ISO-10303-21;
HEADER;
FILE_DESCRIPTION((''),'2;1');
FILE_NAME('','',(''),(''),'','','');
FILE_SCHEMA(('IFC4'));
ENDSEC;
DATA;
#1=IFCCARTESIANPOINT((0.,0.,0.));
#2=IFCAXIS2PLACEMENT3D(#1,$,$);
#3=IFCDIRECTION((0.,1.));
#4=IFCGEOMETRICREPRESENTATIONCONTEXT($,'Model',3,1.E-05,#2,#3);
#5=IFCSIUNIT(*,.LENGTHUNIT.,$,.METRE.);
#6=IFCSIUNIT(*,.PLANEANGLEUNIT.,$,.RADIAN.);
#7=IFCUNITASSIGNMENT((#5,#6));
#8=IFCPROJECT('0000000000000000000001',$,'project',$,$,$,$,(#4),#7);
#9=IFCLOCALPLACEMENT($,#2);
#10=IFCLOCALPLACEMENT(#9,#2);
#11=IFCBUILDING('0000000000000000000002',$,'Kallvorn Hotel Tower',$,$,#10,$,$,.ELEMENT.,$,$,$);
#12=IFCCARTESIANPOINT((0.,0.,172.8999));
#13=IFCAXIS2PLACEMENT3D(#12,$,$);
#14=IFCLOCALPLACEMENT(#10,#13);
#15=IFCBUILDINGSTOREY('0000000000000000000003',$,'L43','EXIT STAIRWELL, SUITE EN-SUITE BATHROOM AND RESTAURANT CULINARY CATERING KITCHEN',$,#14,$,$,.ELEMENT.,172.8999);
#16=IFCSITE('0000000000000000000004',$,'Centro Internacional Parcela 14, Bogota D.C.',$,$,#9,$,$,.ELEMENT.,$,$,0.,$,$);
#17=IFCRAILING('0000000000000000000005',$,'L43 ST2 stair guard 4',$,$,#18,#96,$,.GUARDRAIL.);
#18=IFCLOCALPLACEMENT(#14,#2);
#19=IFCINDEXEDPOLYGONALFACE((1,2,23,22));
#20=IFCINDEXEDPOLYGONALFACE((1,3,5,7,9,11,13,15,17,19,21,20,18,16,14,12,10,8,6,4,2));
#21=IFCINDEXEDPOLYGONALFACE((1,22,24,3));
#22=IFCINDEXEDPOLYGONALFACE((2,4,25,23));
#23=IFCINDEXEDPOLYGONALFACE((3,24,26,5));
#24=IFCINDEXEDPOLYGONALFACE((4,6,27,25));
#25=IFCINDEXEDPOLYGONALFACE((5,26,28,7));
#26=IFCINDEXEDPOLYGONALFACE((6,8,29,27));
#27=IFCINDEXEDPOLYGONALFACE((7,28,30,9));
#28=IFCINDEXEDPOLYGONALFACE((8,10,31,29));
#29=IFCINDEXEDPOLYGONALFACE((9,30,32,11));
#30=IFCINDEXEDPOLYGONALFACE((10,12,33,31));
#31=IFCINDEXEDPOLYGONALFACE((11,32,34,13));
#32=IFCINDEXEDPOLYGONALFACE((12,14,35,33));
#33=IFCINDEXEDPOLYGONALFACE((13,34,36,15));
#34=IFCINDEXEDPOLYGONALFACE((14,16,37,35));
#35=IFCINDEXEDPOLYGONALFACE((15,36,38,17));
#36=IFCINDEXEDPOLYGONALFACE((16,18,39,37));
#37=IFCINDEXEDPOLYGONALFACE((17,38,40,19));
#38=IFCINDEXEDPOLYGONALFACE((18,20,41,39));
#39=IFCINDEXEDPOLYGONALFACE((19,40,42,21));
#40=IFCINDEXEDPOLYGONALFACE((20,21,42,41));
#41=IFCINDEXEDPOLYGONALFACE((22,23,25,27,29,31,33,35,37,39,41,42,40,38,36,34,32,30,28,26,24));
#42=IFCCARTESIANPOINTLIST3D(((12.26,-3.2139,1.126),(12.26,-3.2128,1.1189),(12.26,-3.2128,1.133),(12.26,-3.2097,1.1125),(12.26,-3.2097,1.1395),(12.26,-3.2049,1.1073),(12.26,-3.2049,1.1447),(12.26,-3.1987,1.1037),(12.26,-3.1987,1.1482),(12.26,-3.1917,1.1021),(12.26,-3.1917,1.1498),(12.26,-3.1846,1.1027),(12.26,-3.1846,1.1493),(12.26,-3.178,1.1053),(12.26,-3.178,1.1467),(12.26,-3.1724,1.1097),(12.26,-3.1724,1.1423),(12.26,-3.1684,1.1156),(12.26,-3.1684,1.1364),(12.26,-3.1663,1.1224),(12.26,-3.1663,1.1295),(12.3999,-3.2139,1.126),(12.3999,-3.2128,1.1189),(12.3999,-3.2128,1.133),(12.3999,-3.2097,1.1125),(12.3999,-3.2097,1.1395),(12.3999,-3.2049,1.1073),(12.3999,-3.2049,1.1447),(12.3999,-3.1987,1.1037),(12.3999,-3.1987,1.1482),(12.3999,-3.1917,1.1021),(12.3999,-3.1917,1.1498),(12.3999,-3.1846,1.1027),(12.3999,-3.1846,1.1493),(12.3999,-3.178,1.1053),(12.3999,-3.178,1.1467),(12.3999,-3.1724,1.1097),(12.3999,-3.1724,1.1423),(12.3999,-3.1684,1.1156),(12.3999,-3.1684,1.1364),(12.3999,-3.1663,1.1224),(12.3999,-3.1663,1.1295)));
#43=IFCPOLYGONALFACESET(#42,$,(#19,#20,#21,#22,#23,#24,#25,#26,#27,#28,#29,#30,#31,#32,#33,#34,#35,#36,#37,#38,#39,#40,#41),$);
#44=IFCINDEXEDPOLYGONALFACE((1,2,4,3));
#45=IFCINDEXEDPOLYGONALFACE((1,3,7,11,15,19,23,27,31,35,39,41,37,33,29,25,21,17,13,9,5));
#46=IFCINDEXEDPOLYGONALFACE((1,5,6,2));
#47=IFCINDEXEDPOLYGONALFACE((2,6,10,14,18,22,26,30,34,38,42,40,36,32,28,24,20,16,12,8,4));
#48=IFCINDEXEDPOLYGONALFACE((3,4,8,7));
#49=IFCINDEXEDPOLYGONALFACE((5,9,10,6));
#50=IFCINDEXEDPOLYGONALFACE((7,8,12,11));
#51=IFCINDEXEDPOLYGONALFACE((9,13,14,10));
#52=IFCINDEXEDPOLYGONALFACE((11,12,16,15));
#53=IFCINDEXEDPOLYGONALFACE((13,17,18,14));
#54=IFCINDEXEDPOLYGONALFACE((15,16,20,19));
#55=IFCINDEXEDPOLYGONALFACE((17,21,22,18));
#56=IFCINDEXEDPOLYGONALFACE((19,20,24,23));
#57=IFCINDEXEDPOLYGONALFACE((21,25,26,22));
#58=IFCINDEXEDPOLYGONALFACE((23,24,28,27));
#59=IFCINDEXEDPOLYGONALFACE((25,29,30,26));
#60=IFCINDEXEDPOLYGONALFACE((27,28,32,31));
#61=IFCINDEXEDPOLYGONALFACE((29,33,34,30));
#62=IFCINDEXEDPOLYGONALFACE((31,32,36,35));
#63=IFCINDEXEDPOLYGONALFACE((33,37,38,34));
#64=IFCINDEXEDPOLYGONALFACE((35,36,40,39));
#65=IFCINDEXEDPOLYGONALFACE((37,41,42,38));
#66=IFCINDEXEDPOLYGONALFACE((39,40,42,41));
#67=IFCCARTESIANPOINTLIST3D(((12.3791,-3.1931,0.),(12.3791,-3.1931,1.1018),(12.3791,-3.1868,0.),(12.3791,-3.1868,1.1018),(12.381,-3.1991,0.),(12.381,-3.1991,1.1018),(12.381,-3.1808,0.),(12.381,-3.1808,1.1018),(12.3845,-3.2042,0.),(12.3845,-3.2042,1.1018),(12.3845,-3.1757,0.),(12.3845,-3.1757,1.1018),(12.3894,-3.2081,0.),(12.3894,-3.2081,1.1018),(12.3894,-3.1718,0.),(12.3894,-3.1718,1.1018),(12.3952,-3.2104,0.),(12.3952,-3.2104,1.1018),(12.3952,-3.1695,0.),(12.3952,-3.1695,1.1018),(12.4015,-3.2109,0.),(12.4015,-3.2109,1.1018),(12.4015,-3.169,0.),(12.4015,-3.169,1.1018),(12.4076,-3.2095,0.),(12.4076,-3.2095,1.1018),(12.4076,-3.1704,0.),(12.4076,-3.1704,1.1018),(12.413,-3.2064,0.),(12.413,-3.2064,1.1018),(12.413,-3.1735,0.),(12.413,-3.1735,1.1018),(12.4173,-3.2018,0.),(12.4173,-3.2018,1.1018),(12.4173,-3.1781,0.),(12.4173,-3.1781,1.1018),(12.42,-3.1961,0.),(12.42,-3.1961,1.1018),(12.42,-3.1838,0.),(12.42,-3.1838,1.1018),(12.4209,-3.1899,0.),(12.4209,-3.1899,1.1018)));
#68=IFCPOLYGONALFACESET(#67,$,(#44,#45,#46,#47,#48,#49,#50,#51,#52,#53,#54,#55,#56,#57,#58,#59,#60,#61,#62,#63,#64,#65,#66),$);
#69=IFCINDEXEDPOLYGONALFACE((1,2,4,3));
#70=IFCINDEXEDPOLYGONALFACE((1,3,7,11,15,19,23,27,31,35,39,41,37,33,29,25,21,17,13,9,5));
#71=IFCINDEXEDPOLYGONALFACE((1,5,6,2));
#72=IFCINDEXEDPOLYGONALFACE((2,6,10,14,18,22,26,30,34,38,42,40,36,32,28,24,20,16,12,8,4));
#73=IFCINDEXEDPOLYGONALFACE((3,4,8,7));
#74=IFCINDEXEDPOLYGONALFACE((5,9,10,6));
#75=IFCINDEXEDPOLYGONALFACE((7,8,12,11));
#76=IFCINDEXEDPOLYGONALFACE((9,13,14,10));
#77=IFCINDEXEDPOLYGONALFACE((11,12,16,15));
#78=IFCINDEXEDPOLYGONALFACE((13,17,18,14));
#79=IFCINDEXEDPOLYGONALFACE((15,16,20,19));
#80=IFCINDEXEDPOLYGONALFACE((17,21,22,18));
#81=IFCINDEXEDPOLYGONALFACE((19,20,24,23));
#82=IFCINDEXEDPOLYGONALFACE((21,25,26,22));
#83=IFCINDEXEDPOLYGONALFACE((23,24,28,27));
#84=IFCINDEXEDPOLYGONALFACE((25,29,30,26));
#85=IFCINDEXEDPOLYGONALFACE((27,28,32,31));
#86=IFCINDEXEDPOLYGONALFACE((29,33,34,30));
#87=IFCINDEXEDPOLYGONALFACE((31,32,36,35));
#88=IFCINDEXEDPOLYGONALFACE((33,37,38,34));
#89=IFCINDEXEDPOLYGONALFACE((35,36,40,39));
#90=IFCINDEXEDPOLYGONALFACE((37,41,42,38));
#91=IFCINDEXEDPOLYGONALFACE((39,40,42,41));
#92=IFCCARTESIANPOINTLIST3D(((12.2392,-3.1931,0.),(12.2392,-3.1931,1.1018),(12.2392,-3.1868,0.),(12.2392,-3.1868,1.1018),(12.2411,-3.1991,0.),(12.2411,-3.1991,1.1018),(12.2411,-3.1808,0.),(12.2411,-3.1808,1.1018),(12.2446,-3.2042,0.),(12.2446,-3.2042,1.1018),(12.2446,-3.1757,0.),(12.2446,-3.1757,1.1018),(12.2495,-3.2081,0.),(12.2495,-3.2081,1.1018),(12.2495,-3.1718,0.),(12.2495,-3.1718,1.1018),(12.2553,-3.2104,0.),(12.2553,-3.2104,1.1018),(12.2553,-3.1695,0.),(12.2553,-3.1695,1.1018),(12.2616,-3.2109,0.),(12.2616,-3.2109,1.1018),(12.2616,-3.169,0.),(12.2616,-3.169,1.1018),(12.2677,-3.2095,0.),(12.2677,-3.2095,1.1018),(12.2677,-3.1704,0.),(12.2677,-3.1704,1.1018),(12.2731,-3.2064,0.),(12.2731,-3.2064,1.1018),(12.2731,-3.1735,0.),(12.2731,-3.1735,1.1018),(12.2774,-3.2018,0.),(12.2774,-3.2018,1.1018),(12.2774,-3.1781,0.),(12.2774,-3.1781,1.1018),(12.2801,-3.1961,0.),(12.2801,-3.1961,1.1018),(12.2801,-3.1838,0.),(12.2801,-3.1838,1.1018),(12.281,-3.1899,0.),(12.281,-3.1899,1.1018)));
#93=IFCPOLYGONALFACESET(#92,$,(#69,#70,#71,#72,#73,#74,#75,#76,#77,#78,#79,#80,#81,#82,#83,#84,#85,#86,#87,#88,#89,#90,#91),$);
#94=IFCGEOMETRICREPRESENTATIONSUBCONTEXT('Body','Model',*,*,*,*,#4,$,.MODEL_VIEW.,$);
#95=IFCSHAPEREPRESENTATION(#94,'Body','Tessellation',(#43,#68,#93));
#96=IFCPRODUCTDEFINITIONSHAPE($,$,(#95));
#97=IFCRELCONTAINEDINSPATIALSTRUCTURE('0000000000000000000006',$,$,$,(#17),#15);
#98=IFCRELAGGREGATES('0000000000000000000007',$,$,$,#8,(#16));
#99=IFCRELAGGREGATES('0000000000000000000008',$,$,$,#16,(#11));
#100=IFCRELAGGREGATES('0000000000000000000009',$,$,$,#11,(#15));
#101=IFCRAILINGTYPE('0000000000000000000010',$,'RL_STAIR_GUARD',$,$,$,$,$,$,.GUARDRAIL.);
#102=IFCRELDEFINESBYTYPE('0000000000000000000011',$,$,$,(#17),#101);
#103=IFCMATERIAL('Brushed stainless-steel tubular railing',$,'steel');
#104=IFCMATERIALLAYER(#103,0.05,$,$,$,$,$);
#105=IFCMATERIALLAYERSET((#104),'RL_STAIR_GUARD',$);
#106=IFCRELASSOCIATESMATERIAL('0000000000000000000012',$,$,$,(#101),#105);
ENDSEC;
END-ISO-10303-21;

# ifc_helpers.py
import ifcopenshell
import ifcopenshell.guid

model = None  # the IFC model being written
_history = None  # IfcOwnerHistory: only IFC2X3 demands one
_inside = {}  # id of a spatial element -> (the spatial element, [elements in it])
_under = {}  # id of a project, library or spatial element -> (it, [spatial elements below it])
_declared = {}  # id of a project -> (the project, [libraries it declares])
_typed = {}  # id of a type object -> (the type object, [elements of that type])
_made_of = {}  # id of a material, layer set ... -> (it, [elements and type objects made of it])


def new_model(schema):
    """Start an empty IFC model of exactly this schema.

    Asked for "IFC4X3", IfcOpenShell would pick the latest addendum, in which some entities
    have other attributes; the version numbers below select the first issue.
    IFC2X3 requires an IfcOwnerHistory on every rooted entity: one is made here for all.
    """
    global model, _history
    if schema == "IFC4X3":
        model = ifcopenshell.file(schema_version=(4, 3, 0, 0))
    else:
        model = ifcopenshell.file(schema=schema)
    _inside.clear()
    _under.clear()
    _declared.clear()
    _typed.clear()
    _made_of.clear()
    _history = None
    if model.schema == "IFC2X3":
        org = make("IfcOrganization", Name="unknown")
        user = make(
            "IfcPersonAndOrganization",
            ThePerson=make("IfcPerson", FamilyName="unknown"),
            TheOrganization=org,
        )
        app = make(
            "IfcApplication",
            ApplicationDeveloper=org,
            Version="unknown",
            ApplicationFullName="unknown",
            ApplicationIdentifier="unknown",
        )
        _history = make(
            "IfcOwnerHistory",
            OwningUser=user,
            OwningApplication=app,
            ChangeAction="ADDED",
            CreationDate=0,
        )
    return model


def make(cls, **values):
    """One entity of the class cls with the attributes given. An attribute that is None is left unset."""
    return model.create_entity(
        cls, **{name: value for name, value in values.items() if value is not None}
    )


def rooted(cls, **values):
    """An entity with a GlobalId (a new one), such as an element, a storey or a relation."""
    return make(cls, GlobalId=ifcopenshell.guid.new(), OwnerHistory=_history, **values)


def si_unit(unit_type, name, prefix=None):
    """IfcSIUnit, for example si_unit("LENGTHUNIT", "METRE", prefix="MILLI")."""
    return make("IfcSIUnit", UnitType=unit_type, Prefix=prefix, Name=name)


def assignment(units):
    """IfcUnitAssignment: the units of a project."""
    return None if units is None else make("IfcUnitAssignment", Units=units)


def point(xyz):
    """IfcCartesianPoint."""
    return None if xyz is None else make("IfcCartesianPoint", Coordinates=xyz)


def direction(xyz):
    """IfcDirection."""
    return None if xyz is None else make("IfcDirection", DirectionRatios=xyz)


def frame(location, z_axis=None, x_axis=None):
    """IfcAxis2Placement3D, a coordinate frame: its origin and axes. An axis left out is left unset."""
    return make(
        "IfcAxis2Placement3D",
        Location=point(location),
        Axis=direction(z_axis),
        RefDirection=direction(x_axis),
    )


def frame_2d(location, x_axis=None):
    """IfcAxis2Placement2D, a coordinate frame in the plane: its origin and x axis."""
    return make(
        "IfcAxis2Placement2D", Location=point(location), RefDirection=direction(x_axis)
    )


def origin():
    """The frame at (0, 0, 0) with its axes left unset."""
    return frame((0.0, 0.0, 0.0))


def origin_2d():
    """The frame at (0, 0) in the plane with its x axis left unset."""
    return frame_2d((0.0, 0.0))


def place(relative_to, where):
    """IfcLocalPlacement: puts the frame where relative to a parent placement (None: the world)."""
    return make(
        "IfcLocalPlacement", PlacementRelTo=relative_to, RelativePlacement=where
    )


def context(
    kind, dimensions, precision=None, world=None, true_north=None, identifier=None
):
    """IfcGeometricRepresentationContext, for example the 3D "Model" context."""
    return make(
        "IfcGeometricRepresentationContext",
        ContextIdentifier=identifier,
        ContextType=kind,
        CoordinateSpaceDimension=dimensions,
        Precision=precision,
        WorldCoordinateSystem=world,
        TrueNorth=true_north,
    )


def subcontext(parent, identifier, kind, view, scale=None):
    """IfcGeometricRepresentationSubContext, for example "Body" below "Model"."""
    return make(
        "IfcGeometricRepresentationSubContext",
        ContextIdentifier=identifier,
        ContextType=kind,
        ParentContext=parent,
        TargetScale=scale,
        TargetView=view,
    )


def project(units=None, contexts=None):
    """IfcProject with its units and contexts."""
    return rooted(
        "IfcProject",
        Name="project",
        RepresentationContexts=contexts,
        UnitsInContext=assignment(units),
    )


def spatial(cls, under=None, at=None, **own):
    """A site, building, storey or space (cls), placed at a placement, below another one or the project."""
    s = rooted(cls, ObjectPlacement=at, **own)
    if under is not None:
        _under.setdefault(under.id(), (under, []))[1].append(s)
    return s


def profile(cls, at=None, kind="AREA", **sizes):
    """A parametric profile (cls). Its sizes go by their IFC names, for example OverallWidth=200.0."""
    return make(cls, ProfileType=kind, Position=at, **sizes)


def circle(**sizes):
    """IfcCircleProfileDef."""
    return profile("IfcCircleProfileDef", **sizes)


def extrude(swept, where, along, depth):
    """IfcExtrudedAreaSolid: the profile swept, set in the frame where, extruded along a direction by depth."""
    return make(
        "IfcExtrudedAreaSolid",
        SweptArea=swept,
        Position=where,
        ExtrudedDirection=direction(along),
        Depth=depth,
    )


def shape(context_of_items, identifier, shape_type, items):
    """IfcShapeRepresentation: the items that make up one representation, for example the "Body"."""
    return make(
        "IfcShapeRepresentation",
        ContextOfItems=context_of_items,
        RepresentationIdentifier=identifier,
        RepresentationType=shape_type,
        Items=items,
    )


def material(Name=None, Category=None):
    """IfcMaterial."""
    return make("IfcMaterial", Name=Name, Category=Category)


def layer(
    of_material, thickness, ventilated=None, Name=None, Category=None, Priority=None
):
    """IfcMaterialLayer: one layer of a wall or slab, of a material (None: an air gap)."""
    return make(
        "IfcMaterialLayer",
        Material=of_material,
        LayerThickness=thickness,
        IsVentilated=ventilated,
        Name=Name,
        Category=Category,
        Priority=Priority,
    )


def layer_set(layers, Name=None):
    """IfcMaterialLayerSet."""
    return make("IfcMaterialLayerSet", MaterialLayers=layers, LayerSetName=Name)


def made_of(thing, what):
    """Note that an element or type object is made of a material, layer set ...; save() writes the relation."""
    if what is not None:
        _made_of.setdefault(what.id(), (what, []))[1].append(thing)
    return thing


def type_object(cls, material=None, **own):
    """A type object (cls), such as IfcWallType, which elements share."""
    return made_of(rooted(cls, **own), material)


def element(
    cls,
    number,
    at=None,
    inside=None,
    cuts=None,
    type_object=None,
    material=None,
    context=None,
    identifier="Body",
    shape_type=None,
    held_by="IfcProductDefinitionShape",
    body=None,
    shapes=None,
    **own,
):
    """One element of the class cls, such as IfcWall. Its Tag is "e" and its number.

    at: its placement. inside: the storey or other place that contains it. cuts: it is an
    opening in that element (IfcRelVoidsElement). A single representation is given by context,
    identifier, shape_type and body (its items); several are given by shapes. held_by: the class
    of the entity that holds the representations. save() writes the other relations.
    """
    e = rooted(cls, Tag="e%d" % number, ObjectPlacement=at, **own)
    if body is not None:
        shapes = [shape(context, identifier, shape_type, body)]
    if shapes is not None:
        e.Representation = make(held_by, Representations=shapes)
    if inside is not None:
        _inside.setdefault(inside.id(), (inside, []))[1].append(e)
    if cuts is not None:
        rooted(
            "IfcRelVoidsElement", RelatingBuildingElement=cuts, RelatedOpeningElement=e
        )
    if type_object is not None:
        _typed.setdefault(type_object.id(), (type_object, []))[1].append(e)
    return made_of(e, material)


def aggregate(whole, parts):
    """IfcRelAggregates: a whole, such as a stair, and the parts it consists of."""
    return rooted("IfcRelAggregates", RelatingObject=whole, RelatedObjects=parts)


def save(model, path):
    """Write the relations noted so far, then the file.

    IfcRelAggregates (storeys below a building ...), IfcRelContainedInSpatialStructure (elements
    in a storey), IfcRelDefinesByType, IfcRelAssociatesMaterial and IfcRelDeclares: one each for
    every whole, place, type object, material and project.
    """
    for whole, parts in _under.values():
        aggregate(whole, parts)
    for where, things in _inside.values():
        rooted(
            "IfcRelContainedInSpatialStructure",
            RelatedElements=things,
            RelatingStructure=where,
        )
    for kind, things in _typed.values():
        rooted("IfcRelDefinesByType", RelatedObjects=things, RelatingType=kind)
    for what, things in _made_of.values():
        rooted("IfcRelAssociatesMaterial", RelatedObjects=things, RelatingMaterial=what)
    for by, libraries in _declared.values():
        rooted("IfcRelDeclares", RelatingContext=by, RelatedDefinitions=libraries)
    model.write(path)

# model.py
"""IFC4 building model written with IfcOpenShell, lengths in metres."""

from ifc_helpers import new_model, si_unit, direction, frame, origin, origin_2d, place, context, subcontext, project, spatial, circle, extrude, material, layer, layer_set, type_object, element, save


model = new_model("IFC4")

# Units and contexts
model_context = context("Model", 3, precision=1e-05, world=origin(), true_north=direction((0.0, 1.0)))
body_context = subcontext(model_context, "Body", "Model", "MODEL_VIEW")
ifc_project = project(units=[si_unit("LENGTHUNIT", "METRE"), si_unit("PLANEANGLEUNIT", "RADIAN")], contexts=[model_context])

# Site, building, storey
site_placement = place(None, origin())
site = spatial("IfcSite", under=ifc_project, at=site_placement, Name="Centro Internacional Parcela 14, Bogota D.C.", CompositionType="ELEMENT", RefElevation=0.0)
building_placement = place(site_placement, origin())
building = spatial("IfcBuilding", under=site, at=building_placement, Name="Kallvorn Hotel Tower", CompositionType="ELEMENT")
storey_placement = place(building_placement, frame((0.0, 0.0, 172.8999)))
storey = spatial("IfcBuildingStorey", under=building, at=storey_placement, Name="L43", Description="EXIT STAIRWELL, SUITE EN-SUITE BATHROOM AND RESTAURANT CULINARY CATERING KITCHEN", CompositionType="ELEMENT", Elevation=172.8999)

# Railing
ifc_material_1 = material(Name="Brushed stainless-steel tubular railing", Category="steel")
ifc_layer_1 = layer(ifc_material_1, 0.05)
ifc_layer_set_1 = layer_set([ifc_layer_1], Name="RL_STAIR_GUARD")
railing_type_1 = type_object("IfcRailingType", Name="RL_STAIR_GUARD", PredefinedType="GUARDRAIL", material=ifc_layer_set_1)
railing_1_placement = place(storey_placement, frame((12.3999, -3.1899, 0.0)))
element("IfcRailing", 1, at=railing_1_placement, inside=storey, type_object=railing_type_1, Name="L43 ST2 stair guard 4", PredefinedType="GUARDRAIL", context=body_context, shape_type="SweptSolid", body=[
    extrude(circle(Radius=0.0239, at=origin_2d()), frame((0.0, 0.0, 1.126), z_axis=(-1.0, 0.0, 0.0), x_axis=(0.0, -1.0, 0.0)), (0.0, 0.0, 1.0), 0.1399),
    extrude(circle(Radius=0.021, at=origin_2d()), origin(), (0.0, 0.0, 1.0), 1.1018),
    extrude(circle(Radius=0.021, at=origin_2d()), frame((-0.1399, 0.0, 0.0)), (0.0, 0.0, 1.0), 1.1018),
])

save(model, "model.ifc")
